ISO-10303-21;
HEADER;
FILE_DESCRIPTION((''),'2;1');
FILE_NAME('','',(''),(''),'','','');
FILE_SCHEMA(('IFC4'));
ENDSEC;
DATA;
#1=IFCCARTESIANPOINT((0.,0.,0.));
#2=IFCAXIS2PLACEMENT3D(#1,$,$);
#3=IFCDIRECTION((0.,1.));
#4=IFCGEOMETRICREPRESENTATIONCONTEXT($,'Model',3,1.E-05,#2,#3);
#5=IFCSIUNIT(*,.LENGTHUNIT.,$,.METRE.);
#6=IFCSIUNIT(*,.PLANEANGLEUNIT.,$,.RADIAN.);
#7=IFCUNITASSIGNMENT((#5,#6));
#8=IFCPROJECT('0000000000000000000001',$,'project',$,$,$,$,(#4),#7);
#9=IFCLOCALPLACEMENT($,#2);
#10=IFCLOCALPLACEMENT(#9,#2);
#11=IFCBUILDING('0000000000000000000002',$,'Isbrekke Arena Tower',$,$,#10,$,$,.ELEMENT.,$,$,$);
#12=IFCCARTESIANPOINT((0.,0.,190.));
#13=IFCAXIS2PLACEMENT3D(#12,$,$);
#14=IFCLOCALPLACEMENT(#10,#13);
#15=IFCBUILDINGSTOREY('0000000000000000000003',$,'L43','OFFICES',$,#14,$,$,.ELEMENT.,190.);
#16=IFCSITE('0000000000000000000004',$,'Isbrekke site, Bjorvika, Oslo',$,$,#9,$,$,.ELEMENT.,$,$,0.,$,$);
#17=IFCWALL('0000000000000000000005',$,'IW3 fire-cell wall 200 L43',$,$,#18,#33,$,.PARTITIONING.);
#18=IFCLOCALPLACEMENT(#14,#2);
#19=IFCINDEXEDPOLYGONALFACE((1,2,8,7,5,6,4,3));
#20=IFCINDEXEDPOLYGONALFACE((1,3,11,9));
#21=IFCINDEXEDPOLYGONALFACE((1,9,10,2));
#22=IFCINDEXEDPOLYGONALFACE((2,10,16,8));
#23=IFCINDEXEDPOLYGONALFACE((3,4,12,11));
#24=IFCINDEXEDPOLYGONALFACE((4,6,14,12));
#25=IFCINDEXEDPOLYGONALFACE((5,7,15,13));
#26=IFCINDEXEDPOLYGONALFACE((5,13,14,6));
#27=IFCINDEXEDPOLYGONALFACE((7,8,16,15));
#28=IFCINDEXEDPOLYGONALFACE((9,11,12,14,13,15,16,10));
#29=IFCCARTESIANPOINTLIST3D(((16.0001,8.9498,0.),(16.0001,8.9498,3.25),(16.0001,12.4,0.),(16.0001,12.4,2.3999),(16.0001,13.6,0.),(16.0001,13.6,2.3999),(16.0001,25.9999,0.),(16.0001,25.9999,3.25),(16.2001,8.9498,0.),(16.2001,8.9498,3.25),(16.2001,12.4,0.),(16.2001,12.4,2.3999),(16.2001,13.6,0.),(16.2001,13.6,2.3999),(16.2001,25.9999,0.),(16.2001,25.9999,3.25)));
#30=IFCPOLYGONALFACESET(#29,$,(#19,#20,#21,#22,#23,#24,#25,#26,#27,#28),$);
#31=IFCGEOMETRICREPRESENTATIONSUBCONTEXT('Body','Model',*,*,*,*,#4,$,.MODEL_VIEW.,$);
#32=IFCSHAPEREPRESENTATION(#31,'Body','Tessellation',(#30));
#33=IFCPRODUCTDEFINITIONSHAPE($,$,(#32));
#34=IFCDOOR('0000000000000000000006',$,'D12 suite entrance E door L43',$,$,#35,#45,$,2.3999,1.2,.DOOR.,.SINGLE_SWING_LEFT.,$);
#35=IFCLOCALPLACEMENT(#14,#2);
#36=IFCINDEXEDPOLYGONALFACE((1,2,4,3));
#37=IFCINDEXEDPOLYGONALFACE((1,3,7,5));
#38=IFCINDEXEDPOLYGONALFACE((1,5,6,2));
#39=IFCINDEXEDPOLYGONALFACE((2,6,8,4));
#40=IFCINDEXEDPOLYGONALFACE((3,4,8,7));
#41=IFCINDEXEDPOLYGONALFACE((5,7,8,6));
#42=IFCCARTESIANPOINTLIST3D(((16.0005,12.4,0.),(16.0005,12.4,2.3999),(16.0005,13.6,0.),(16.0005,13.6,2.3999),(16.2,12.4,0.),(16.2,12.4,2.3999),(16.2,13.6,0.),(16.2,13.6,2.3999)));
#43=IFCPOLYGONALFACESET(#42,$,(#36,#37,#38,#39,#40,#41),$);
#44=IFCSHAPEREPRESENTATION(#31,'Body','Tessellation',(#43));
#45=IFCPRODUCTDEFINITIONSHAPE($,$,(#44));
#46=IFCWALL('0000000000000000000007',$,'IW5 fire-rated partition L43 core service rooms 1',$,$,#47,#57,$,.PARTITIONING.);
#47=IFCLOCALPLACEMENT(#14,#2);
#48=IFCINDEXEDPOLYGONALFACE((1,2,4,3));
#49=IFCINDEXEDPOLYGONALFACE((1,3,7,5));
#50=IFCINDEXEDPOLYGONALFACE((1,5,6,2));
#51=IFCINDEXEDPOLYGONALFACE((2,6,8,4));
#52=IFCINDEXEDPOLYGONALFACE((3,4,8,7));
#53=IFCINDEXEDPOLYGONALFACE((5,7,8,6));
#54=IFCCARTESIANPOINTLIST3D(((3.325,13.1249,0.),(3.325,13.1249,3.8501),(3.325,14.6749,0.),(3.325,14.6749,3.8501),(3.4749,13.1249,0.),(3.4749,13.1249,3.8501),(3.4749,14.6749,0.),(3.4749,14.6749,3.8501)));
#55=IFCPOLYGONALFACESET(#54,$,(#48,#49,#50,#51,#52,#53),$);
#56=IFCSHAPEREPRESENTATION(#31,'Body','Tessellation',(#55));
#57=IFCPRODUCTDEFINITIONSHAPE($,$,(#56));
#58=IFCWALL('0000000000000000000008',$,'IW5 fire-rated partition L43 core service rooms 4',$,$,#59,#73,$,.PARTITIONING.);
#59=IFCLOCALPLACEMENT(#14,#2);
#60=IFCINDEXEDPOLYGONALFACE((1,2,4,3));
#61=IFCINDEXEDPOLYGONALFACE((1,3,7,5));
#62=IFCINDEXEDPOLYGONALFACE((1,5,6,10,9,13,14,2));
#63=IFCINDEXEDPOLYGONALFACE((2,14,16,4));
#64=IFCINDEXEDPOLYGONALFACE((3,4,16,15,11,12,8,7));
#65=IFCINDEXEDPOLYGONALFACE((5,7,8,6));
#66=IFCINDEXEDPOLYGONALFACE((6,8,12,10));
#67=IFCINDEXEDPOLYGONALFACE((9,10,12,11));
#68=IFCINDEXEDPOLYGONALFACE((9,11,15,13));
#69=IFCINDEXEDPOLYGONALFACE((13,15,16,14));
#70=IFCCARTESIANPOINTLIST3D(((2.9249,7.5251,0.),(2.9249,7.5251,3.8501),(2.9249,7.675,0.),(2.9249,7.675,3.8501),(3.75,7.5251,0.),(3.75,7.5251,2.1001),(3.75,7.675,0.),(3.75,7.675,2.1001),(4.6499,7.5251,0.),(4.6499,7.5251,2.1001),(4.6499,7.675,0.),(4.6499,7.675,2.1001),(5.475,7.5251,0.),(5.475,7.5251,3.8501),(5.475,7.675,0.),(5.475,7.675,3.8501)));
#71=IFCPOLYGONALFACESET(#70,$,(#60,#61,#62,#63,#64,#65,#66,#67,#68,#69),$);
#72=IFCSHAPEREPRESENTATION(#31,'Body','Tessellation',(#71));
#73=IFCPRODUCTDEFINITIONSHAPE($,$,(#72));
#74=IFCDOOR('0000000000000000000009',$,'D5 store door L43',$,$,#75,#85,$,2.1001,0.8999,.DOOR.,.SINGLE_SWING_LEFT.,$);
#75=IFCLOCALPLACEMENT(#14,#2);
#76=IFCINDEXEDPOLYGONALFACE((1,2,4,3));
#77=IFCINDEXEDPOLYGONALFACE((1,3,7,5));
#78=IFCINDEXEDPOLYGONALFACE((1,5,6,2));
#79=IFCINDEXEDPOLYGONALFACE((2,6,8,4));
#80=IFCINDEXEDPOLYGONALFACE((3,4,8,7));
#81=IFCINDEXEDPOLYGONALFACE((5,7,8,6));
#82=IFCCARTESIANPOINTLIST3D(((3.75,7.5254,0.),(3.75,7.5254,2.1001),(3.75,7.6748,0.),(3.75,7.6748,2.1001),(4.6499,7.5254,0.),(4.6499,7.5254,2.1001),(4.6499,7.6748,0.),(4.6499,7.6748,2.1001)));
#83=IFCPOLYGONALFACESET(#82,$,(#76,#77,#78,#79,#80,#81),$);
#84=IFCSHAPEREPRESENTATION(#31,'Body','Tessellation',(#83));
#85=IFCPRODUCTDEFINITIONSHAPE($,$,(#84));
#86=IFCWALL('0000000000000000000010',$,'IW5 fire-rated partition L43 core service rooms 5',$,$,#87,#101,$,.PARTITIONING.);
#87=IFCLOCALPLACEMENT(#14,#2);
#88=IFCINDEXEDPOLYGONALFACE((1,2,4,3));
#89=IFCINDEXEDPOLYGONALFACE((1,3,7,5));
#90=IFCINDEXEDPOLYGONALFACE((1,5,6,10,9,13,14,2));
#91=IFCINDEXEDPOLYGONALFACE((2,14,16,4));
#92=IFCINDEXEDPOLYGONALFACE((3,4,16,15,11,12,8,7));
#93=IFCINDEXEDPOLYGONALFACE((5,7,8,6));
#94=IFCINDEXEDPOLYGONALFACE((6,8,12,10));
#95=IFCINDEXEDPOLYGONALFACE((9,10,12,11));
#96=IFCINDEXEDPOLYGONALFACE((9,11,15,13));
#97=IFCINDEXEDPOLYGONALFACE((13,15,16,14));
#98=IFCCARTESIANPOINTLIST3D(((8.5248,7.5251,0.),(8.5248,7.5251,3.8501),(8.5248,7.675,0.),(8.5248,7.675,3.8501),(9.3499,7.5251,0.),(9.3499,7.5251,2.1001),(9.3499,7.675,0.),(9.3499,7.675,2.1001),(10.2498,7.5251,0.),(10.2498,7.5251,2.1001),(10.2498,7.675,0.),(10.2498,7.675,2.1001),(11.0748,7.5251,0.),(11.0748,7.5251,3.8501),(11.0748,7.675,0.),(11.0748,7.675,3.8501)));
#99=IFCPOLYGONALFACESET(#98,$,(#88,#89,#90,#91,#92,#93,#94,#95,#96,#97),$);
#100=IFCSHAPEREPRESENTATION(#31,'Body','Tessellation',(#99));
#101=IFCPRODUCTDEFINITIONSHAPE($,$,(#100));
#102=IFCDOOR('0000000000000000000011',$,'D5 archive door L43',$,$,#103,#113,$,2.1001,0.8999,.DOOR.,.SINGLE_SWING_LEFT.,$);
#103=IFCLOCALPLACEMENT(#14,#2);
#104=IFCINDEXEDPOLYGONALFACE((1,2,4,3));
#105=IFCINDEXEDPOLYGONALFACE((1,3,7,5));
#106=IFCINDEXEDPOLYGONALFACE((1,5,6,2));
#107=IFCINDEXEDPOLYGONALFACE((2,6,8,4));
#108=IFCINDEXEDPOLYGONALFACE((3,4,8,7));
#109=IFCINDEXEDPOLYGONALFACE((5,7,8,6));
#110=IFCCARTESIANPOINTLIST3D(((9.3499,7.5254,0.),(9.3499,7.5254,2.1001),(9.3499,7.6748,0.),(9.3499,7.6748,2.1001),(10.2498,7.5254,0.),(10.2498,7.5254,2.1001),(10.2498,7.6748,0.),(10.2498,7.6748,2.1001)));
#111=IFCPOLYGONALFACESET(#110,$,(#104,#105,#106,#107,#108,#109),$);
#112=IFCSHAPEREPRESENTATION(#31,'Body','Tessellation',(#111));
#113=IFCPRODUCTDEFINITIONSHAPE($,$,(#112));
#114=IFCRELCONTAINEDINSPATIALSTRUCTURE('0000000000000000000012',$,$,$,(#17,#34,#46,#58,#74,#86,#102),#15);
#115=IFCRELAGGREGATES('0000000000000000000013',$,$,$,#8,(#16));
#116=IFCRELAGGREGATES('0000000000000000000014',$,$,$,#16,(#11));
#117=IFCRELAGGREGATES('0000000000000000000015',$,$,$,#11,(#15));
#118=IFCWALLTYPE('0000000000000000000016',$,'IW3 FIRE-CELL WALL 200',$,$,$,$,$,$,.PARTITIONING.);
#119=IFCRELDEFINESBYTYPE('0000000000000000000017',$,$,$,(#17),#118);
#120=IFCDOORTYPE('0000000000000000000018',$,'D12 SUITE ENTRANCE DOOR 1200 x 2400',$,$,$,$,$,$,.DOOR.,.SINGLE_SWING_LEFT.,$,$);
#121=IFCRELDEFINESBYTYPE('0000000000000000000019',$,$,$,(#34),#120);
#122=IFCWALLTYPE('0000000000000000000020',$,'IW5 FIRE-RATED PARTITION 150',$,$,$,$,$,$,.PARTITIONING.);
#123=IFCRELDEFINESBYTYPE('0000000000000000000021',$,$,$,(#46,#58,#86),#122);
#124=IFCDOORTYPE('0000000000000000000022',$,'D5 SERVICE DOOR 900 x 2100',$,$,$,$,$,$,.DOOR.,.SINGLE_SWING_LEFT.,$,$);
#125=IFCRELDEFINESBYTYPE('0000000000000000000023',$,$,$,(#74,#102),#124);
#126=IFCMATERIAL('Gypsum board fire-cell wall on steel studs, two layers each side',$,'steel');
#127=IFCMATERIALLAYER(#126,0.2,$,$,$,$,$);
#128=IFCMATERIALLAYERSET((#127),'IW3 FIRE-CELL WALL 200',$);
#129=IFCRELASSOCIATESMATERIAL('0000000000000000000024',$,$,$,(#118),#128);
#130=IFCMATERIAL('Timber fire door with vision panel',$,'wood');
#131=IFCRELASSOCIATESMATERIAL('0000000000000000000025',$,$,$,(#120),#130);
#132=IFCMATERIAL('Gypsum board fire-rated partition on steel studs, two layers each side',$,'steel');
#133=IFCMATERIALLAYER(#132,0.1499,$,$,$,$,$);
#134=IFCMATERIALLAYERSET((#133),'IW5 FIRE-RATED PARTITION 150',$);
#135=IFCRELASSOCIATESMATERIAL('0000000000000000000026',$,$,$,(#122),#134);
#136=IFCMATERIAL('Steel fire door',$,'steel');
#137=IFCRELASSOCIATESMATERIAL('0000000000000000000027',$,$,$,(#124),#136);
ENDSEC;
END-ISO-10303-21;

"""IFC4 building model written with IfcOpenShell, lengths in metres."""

from ifc_helpers import new_model, si_unit, direction, frame, frame_2d, origin, place, context, subcontext, project, spatial, rectangle, extrude, material, layer, layer_set, type_object, element, fill, save


model = new_model("IFC4")

# Units and contexts
model_context = context("Model", 3, precision=1e-05, world=origin(), true_north=direction((0.0, 1.0)))
body_context = subcontext(model_context, "Body", "Model", "MODEL_VIEW")
ifc_project = project(units=[si_unit("LENGTHUNIT", "METRE"), si_unit("PLANEANGLEUNIT", "RADIAN")], contexts=[model_context])

# Site, building, storey
site_placement = place(None, origin())
site = spatial("IfcSite", under=ifc_project, at=site_placement, Name="Isbrekke site, Bjorvika, Oslo", CompositionType="ELEMENT", RefElevation=0.0)
building_placement = place(site_placement, origin())
building = spatial("IfcBuilding", under=site, at=building_placement, Name="Isbrekke Arena Tower", CompositionType="ELEMENT")
storey_placement = place(building_placement, frame((0.0, 0.0, 190.0)))
storey = spatial("IfcBuildingStorey", under=building, at=storey_placement, Name="L43", Description="OFFICES", CompositionType="ELEMENT", Elevation=190.0)

# Shared definitions
ifc_material_1 = material(Name="Gypsum board fire-cell wall on steel studs, two layers each side", Category="steel")
ifc_layer_1 = layer(ifc_material_1, 0.2)
ifc_layer_set_1 = layer_set([ifc_layer_1], Name="IW3 FIRE-CELL WALL 200")
wall_type_1 = type_object("IfcWallType", Name="IW3 FIRE-CELL WALL 200", PredefinedType="PARTITIONING", material=ifc_layer_set_1)

# Wall, opening, door
wall_1_placement = place(storey_placement, frame((16.1001, 8.95, 0.0), z_axis=(0.0, 0.0, 1.0), x_axis=(0.0, 1.0, 0.0)))
wall_1 = element("IfcWall", 1, at=wall_1_placement, inside=storey, type_object=wall_type_1, Name="IW3 fire-cell wall 200 L43", PredefinedType="PARTITIONING", context=body_context, shape_type="SweptSolid", body=[
    extrude(rectangle(XDim=17.05, YDim=0.2, at=frame_2d((8.5249, 0.0))), origin(), (0.0, 0.0, 1.0), 3.25),
])
opening_1_placement = place(wall_1_placement, frame((3.45, 0.0, 0.0)))
opening_1 = element("IfcOpeningElement", 2, at=opening_1_placement, cuts=wall_1, PredefinedType="OPENING", context=body_context, shape_type="SweptSolid", body=[
    extrude(rectangle(XDim=1.2, YDim=2.3999, at=frame_2d((0.6001, 1.2))), frame((0.0, 0.1147, 0.0), z_axis=(0.0, -1.0, 0.0), x_axis=(1.0, 0.0, 0.0)), (0.0, 0.0, 1.0), 0.2297),
])
ifc_material_2 = material(Name="Timber fire door with vision panel", Category="wood")
door_type_1 = type_object("IfcDoorType", Name="D12 SUITE ENTRANCE DOOR 1200 x 2400", OperationType="SINGLE_SWING_LEFT", PredefinedType="DOOR", material=ifc_material_2)
door_1_placement = place(opening_1_placement, origin())
door_1 = element("IfcDoor", 3, at=door_1_placement, inside=storey, type_object=door_type_1, Name="D12 suite entrance E door L43", OperationType="SINGLE_SWING_LEFT", OverallHeight=2.3999, OverallWidth=1.2, PredefinedType="DOOR", context=body_context, shape_type="SweptSolid", body=[
    extrude(rectangle(XDim=1.2, YDim=2.3999, at=frame_2d((0.6001, 1.2))), frame((0.0, 0.0996, 0.0), z_axis=(0.0, -1.0, 0.0), x_axis=(1.0, 0.0, 0.0)), (0.0, 0.0, 1.0), 0.1995),
])
fill(opening_1, door_1)

# Wall
ifc_material_3 = material(Name="Gypsum board fire-rated partition on steel studs, two layers each side", Category="steel")
ifc_layer_2 = layer(ifc_material_3, 0.1499)
ifc_layer_set_2 = layer_set([ifc_layer_2], Name="IW5 FIRE-RATED PARTITION 150")
wall_type_2 = type_object("IfcWallType", Name="IW5 FIRE-RATED PARTITION 150", PredefinedType="PARTITIONING", material=ifc_layer_set_2)
wall_2_placement = place(storey_placement, frame((3.3999, 13.125, 0.0), z_axis=(0.0, 0.0, 1.0), x_axis=(0.0, 1.0, 0.0)))
element("IfcWall", 4, at=wall_2_placement, inside=storey, type_object=wall_type_2, Name="IW5 fire-rated partition L43 core service rooms 1", PredefinedType="PARTITIONING", context=body_context, shape_type="SweptSolid", body=[
    extrude(rectangle(XDim=1.55, YDim=0.1499, at=frame_2d((0.7749, 0.0))), origin(), (0.0, 0.0, 1.0), 3.8501),
])

# Walls, openings, doors
wall_3_placement = place(storey_placement, frame((2.925, 7.6001, 0.0), z_axis=(0.0, 0.0, 1.0), x_axis=(1.0, 0.0, 0.0)))
wall_3 = element("IfcWall", 5, at=wall_3_placement, inside=storey, type_object=wall_type_2, Name="IW5 fire-rated partition L43 core service rooms 4", PredefinedType="PARTITIONING", context=body_context, shape_type="SweptSolid", body=[
    extrude(rectangle(XDim=2.55, YDim=0.1499, at=frame_2d((1.2749, 0.0))), origin(), (0.0, 0.0, 1.0), 3.8501),
])
opening_2_placement = place(wall_3_placement, frame((0.825, 0.0, 0.0)))
opening_2 = element("IfcOpeningElement", 6, at=opening_2_placement, cuts=wall_3, PredefinedType="OPENING", context=body_context, shape_type="SweptSolid", body=[
    extrude(rectangle(XDim=0.8999, YDim=2.1001, at=frame_2d((0.45, 1.05))), frame((0.0, 0.0898, 0.0), z_axis=(0.0, -1.0, 0.0), x_axis=(1.0, 0.0, 0.0)), (0.0, 0.0, 1.0), 0.1797),
])
ifc_material_4 = material(Name="Steel fire door", Category="steel")
door_type_2 = type_object("IfcDoorType", Name="D5 SERVICE DOOR 900 x 2100", OperationType="SINGLE_SWING_LEFT", PredefinedType="DOOR", material=ifc_material_4)
door_2_placement = place(opening_2_placement, origin())
door_2 = element("IfcDoor", 7, at=door_2_placement, inside=storey, type_object=door_type_2, Name="D5 store door L43", OperationType="SINGLE_SWING_LEFT", OverallHeight=2.1001, OverallWidth=0.8999, PredefinedType="DOOR", context=body_context, shape_type="SweptSolid", body=[
    extrude(rectangle(XDim=0.8999, YDim=2.1001, at=frame_2d((0.45, 1.05))), frame((0.0, 0.0747, 0.0), z_axis=(0.0, -1.0, 0.0), x_axis=(1.0, 0.0, 0.0)), (0.0, 0.0, 1.0), 0.1494),
])
fill(opening_2, door_2)
wall_4_placement = place(storey_placement, frame((8.5249, 7.6001, 0.0), z_axis=(0.0, 0.0, 1.0), x_axis=(1.0, 0.0, 0.0)))
wall_4 = element("IfcWall", 8, at=wall_4_placement, inside=storey, type_object=wall_type_2, Name="IW5 fire-rated partition L43 core service rooms 5", PredefinedType="PARTITIONING", context=body_context, shape_type="SweptSolid", body=[
    extrude(rectangle(XDim=2.55, YDim=0.1499, at=frame_2d((1.2749, 0.0))), origin(), (0.0, 0.0, 1.0), 3.8501),
])
opening_3_placement = place(wall_4_placement, frame((0.825, 0.0, 0.0)))
opening_3 = element("IfcOpeningElement", 9, at=opening_3_placement, cuts=wall_4, PredefinedType="OPENING", context=body_context, shape_type="SweptSolid", body=[
    extrude(rectangle(XDim=0.8999, YDim=2.1001, at=frame_2d((0.45, 1.05))), frame((0.0, 0.0898, 0.0), z_axis=(0.0, -1.0, 0.0), x_axis=(1.0, 0.0, 0.0)), (0.0, 0.0, 1.0), 0.1797),
])
door_3_placement = place(opening_3_placement, origin())
door_3 = element("IfcDoor", 10, at=door_3_placement, inside=storey, type_object=door_type_2, Name="D5 archive door L43", OperationType="SINGLE_SWING_LEFT", OverallHeight=2.1001, OverallWidth=0.8999, PredefinedType="DOOR", context=body_context, shape_type="SweptSolid", body=[
    extrude(rectangle(XDim=0.8999, YDim=2.1001, at=frame_2d((0.45, 1.05))), frame((0.0, 0.0747, 0.0), z_axis=(0.0, -1.0, 0.0), x_axis=(1.0, 0.0, 0.0)), (0.0, 0.0, 1.0), 0.1494),
])
fill(opening_3, door_3)

save(model, "model.ifc")
